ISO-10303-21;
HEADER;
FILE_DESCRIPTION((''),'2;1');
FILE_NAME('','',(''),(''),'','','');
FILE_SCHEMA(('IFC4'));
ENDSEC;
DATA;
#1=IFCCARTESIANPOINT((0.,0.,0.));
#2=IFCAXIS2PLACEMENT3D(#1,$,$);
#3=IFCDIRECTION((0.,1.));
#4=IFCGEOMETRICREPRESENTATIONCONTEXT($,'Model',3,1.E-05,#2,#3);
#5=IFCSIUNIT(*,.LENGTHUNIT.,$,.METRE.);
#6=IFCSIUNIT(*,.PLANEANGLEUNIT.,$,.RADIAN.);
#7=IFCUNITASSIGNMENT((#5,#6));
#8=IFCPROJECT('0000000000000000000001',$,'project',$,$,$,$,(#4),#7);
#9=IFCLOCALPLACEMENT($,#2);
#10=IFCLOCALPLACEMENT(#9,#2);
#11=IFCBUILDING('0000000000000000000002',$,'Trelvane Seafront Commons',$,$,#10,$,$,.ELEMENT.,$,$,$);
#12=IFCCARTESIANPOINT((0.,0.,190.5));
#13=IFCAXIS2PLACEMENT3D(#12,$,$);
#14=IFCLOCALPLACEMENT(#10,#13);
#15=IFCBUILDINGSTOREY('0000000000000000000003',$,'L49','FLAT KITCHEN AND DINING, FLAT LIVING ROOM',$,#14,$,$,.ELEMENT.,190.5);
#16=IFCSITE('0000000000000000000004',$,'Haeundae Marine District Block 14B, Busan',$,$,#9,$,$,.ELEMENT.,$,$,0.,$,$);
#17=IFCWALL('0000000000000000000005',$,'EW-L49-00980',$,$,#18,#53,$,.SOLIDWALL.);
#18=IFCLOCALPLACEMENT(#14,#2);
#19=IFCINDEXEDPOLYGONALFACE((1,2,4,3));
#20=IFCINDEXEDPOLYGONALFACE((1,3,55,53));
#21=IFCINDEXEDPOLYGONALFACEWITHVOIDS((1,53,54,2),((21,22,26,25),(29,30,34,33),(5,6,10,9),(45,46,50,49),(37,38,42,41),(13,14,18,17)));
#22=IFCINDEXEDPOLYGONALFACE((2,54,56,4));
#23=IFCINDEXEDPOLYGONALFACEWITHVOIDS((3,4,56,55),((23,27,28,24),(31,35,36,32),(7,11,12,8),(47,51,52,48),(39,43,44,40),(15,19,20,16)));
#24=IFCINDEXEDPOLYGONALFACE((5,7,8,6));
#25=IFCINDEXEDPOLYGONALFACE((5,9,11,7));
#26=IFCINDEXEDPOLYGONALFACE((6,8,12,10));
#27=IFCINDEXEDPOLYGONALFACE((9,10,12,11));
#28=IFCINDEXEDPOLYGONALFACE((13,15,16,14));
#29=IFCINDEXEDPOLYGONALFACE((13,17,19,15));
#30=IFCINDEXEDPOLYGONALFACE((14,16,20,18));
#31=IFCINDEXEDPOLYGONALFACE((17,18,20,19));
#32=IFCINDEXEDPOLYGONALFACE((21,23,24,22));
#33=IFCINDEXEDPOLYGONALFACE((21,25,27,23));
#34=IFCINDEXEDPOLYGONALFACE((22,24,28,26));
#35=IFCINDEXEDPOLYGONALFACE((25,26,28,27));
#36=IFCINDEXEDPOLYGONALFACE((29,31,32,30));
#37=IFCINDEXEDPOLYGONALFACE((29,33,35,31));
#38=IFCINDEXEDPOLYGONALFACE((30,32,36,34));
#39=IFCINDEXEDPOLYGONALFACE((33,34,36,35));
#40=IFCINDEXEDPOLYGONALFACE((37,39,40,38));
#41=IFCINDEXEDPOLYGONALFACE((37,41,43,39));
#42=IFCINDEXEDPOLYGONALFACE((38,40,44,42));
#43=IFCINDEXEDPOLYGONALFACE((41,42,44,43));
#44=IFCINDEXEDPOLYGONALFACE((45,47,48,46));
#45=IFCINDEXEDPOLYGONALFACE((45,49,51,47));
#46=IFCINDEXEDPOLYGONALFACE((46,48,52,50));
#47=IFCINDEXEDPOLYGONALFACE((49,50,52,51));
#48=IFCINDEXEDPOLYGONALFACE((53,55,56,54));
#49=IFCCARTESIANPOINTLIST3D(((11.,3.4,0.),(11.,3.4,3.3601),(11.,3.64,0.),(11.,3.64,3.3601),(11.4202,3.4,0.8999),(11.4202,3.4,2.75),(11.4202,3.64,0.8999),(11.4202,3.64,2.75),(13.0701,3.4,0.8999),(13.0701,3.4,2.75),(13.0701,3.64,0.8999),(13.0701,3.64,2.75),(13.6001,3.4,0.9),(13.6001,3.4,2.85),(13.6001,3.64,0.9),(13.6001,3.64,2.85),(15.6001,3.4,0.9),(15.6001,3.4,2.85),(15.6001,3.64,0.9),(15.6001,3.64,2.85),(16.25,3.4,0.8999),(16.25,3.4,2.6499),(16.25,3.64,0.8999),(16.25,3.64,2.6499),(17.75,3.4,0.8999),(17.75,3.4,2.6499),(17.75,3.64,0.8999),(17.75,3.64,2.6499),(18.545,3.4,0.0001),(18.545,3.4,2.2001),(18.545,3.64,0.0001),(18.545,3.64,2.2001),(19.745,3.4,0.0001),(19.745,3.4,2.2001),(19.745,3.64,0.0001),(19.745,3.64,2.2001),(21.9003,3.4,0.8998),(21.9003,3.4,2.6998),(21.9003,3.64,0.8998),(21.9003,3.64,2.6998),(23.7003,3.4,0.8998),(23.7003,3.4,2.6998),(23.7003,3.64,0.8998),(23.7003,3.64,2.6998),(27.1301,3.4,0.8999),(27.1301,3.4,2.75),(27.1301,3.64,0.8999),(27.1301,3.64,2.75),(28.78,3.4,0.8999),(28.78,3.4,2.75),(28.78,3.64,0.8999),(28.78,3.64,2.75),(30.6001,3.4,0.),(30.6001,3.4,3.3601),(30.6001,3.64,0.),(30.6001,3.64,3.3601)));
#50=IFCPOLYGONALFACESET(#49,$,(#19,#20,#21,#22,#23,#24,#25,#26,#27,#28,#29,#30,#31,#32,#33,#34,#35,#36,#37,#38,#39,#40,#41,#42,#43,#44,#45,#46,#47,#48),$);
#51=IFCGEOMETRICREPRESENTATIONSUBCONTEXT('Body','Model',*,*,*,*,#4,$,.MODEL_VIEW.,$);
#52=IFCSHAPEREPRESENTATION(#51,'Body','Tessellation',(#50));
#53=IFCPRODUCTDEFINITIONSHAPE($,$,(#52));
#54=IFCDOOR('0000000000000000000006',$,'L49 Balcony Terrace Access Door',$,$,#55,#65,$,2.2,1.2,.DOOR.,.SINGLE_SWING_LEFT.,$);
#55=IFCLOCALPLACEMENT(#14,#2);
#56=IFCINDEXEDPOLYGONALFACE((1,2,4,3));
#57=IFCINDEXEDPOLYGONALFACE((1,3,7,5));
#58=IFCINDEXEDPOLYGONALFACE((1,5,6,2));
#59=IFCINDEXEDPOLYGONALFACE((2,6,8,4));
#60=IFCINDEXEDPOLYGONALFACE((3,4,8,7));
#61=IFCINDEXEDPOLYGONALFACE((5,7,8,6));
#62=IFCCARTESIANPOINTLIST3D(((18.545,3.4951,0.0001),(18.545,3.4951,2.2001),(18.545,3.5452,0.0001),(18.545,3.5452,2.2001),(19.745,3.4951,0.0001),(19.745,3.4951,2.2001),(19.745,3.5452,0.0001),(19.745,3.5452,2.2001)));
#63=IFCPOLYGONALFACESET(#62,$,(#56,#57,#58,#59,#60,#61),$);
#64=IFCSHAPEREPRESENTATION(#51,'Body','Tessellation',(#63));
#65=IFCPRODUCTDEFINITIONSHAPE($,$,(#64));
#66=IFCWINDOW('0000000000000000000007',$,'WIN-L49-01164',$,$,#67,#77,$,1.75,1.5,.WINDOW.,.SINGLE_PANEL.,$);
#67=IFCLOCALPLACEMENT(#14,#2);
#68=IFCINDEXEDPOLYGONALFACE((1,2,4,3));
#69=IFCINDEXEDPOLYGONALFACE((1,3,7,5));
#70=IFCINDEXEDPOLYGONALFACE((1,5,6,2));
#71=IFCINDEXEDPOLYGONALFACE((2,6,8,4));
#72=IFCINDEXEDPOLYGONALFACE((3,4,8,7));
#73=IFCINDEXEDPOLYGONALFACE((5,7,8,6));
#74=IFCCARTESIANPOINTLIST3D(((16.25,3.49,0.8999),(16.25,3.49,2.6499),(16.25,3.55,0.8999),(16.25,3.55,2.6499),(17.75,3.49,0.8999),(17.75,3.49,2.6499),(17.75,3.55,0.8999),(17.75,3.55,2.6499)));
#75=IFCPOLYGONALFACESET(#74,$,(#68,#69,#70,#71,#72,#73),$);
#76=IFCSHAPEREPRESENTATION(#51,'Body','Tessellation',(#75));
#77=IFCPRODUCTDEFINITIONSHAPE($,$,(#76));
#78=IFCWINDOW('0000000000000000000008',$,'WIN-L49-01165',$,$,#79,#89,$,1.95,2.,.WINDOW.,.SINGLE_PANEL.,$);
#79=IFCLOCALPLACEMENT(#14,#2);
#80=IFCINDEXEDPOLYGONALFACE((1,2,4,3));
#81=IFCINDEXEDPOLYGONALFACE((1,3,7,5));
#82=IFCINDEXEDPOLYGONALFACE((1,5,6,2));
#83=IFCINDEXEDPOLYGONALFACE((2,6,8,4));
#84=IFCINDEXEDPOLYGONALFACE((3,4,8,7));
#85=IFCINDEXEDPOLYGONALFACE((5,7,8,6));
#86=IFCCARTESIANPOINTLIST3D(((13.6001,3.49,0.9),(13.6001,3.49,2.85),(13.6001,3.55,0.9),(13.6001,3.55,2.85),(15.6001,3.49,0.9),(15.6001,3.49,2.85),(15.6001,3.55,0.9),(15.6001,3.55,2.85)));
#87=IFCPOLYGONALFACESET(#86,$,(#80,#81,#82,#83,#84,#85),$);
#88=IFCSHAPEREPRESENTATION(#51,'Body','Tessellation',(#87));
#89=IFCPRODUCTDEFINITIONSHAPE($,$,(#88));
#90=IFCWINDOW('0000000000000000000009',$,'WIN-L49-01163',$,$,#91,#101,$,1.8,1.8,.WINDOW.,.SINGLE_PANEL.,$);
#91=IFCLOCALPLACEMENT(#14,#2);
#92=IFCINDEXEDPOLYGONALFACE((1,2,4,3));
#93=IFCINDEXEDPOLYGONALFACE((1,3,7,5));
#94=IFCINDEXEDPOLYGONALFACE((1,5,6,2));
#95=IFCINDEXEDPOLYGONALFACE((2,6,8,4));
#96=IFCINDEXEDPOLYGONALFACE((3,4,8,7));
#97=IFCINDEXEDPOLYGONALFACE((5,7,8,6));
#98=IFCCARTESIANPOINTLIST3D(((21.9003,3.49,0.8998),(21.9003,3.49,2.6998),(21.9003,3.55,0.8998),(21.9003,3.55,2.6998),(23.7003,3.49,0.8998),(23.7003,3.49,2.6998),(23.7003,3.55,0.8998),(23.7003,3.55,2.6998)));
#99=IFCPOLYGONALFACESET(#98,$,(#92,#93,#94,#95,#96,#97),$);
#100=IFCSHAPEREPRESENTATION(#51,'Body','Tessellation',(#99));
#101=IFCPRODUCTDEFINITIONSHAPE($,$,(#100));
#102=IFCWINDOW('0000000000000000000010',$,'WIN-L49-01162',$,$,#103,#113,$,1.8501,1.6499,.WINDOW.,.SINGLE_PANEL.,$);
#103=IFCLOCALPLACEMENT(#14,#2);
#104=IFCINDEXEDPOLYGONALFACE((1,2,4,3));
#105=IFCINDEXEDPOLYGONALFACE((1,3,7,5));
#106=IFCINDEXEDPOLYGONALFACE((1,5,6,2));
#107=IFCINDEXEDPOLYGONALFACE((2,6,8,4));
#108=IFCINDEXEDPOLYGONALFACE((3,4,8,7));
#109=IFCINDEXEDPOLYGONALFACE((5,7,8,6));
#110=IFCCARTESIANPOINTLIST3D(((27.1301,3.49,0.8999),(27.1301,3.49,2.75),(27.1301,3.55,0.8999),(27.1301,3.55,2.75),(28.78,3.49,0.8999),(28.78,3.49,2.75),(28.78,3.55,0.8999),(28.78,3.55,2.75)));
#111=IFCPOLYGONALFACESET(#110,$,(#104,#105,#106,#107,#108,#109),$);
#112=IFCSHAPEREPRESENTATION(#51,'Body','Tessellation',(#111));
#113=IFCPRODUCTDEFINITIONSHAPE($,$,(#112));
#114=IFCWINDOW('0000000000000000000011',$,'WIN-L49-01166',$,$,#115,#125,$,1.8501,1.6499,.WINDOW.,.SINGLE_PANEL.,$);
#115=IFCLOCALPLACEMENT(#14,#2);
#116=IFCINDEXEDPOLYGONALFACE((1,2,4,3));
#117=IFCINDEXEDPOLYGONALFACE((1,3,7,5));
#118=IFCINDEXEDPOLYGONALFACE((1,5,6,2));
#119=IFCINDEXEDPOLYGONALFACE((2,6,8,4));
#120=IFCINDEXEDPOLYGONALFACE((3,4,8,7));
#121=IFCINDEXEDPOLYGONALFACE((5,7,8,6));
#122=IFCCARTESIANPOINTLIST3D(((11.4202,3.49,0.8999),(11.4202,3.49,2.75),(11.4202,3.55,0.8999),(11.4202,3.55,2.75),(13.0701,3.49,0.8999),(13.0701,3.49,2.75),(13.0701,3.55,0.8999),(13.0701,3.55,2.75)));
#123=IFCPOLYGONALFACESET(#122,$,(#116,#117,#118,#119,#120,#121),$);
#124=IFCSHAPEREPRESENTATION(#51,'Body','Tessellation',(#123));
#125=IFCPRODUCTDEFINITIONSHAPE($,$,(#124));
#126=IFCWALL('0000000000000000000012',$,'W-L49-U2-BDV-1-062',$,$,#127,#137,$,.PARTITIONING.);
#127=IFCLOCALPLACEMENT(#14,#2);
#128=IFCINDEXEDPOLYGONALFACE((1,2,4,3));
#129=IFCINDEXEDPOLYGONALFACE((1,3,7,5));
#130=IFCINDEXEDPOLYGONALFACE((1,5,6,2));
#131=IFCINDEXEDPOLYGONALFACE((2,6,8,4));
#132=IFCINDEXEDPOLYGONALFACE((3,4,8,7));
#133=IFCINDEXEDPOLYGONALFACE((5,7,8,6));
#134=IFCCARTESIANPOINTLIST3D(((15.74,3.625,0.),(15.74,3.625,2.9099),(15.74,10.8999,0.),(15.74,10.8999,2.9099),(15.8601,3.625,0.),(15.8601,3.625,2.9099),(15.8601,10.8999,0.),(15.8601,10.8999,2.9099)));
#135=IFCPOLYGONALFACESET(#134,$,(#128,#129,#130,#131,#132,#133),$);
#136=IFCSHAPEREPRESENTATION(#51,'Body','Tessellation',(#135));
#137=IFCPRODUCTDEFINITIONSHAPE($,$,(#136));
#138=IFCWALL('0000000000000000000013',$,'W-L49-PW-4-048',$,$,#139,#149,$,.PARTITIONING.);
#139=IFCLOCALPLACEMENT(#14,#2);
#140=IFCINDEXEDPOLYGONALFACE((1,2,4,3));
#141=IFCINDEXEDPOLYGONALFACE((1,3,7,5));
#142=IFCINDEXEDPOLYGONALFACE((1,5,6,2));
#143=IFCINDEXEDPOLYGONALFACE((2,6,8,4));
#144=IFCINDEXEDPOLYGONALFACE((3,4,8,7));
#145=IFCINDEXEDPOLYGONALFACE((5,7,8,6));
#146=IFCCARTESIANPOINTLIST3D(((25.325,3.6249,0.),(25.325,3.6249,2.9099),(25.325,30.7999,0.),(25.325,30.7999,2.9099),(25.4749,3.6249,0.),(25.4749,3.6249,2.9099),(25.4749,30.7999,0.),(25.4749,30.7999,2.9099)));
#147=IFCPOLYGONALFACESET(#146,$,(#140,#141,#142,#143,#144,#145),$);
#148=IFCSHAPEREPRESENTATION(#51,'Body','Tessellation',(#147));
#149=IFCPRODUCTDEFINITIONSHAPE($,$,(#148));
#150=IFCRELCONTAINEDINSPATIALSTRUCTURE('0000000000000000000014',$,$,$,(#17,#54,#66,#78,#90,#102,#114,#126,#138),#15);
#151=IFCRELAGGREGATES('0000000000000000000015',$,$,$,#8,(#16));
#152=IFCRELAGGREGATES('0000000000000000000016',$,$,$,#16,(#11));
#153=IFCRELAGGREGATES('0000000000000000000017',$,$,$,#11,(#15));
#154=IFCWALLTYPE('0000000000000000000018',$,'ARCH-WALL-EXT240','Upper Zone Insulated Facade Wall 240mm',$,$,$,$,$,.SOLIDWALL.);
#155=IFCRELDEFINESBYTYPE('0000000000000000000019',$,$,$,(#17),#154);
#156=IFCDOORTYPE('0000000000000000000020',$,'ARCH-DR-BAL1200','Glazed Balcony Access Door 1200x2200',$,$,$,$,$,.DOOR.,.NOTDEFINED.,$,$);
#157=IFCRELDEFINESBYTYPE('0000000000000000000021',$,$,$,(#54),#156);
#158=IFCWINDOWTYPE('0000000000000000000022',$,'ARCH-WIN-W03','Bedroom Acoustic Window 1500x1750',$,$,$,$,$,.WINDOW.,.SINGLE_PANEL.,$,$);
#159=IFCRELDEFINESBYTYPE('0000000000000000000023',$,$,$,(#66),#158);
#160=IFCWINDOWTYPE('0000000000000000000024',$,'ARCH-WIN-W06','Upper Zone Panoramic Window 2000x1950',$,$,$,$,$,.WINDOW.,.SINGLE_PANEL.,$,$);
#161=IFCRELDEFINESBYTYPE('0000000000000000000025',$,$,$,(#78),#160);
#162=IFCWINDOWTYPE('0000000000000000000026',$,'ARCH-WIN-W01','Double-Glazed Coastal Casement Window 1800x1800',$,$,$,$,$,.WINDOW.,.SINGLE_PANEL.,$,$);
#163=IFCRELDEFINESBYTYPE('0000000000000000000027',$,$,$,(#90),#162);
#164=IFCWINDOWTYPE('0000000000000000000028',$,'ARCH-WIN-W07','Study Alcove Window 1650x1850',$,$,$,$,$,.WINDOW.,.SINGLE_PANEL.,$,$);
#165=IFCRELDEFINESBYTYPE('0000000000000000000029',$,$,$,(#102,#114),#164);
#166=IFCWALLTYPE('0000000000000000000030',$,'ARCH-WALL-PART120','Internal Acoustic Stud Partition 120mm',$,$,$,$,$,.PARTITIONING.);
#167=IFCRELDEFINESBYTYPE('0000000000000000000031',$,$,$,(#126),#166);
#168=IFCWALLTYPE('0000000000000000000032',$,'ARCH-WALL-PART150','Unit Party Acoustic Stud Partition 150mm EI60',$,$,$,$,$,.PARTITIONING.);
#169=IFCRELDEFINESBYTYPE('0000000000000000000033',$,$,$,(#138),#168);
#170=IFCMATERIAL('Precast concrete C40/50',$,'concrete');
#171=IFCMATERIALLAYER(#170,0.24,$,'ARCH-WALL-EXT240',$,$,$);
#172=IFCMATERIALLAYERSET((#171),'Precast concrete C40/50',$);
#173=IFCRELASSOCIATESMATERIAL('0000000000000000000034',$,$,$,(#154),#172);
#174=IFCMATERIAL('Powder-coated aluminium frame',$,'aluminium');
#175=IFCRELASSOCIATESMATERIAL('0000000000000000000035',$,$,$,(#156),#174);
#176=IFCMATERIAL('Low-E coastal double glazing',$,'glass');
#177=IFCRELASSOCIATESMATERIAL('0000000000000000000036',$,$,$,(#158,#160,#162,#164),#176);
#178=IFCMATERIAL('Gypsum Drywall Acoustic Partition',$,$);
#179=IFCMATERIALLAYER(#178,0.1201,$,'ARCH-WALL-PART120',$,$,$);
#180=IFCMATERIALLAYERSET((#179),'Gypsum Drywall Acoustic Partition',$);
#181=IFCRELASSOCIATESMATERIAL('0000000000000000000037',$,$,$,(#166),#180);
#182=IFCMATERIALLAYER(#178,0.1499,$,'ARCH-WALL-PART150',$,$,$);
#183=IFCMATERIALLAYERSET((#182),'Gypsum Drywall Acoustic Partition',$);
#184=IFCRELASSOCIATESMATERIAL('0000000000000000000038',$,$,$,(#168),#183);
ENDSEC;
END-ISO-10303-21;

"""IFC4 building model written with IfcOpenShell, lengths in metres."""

from ifc_helpers import new_model, si_unit, direction, frame, frame_2d, origin, place, context, subcontext, project, spatial, rectangle, extrude, source, transform, mapped, material, layer, layer_set, type_object, element, fill, save


model = new_model("IFC4")

# Units and contexts
model_context = context("Model", 3, precision=1e-05, world=origin(), true_north=direction((0.0, 1.0)))
body_context = subcontext(model_context, "Body", "Model", "MODEL_VIEW")
ifc_project = project(units=[si_unit("LENGTHUNIT", "METRE"), si_unit("PLANEANGLEUNIT", "RADIAN")], contexts=[model_context])

# Site, building, storey
site_placement = place(None, origin())
site = spatial("IfcSite", under=ifc_project, at=site_placement, Name="Haeundae Marine District Block 14B, Busan", CompositionType="ELEMENT", RefElevation=0.0)
building_placement = place(site_placement, origin())
building = spatial("IfcBuilding", under=site, at=building_placement, Name="Trelvane Seafront Commons", CompositionType="ELEMENT")
storey_placement = place(building_placement, frame((0.0, 0.0, 190.5)))
storey = spatial("IfcBuildingStorey", under=building, at=storey_placement, Name="L49", Description="FLAT KITCHEN AND DINING, FLAT LIVING ROOM", CompositionType="ELEMENT", Elevation=190.5)

# Wall, openings, door, windows
ifc_material_1 = material(Name="Precast concrete C40/50", Category="concrete")
ifc_layer_1 = layer(ifc_material_1, 0.24, Name="ARCH-WALL-EXT240")
ifc_layer_set_1 = layer_set([ifc_layer_1], Name="Precast concrete C40/50")
wall_type_1 = type_object("IfcWallType", Name="ARCH-WALL-EXT240", Description="Upper Zone Insulated Facade Wall 240mm", PredefinedType="SOLIDWALL", material=ifc_layer_set_1)
wall_1_placement = place(storey_placement, frame((30.6001, 3.52, 0.0), z_axis=(0.0, 0.0, 1.0), x_axis=(-1.0, 0.0, 0.0)))
wall_1 = element("IfcWall", 1, at=wall_1_placement, inside=storey, type_object=wall_type_1, Name="EW-L49-00980", PredefinedType="SOLIDWALL", context=body_context, shape_type="SweptSolid", body=[
    extrude(rectangle(XDim=19.6001, YDim=0.24, at=frame_2d((9.8, 0.0))), origin(), (0.0, 0.0, 1.0), 3.3601),
])
opening_1_placement = place(wall_1_placement, frame((1.8201, 0.0, 0.8999)))
opening_1 = element("IfcOpeningElement", 2, at=opening_1_placement, cuts=wall_1, PredefinedType="OPENING", context=body_context, shape_type="SweptSolid", body=[
    extrude(rectangle(XDim=1.6499, YDim=1.8501, at=frame_2d((0.825, 0.925))), frame((0.0, 0.1299, 0.0), z_axis=(0.0, -1.0, 0.0), x_axis=(1.0, 0.0, 0.0)), (0.0, 0.0, 1.0), 0.26),
])
opening_2_placement = place(wall_1_placement, frame((6.8999, 0.0, 0.8999)))
opening_2 = element("IfcOpeningElement", 3, at=opening_2_placement, cuts=wall_1, PredefinedType="OPENING", context=body_context, shape_type="SweptSolid", body=[
    extrude(rectangle(XDim=1.8, YDim=1.8, at=frame_2d((0.8999, 0.8999))), frame((0.0, 0.1299, 0.0), z_axis=(0.0, -1.0, 0.0), x_axis=(1.0, 0.0, 0.0)), (0.0, 0.0, 1.0), 0.26),
])
opening_3_placement = place(wall_1_placement, frame((10.855, 0.0, 0.0)))
opening_3 = element("IfcOpeningElement", 4, at=opening_3_placement, cuts=wall_1, PredefinedType="OPENING", context=body_context, shape_type="SweptSolid", body=[
    extrude(rectangle(XDim=1.2, YDim=2.2, at=frame_2d((0.6001, 1.1001))), frame((0.0, 0.1299, 0.0), z_axis=(0.0, -1.0, 0.0), x_axis=(1.0, 0.0, 0.0)), (0.0, 0.0, 1.0), 0.26),
])
opening_4_placement = place(wall_1_placement, frame((12.8501, 0.0, 0.8999)))
opening_4 = element("IfcOpeningElement", 5, at=opening_4_placement, cuts=wall_1, PredefinedType="OPENING", context=body_context, shape_type="SweptSolid", body=[
    extrude(rectangle(XDim=1.5, YDim=1.75, at=frame_2d((0.75, 0.875))), frame((0.0, 0.1299, 0.0), z_axis=(0.0, -1.0, 0.0), x_axis=(1.0, 0.0, 0.0)), (0.0, 0.0, 1.0), 0.26),
])
opening_5_placement = place(wall_1_placement, frame((15.0, 0.0, 0.8999)))
opening_5 = element("IfcOpeningElement", 6, at=opening_5_placement, cuts=wall_1, PredefinedType="OPENING", context=body_context, shape_type="SweptSolid", body=[
    extrude(rectangle(XDim=2.0, YDim=1.95, at=frame_2d((1.0, 0.9751))), frame((0.0, 0.1299, 0.0), z_axis=(0.0, -1.0, 0.0), x_axis=(1.0, 0.0, 0.0)), (0.0, 0.0, 1.0), 0.26),
])
opening_6_placement = place(wall_1_placement, frame((17.53, 0.0, 0.8999)))
opening_6 = element("IfcOpeningElement", 7, at=opening_6_placement, cuts=wall_1, PredefinedType="OPENING", context=body_context, shape_type="SweptSolid", body=[
    extrude(rectangle(XDim=1.6499, YDim=1.8501, at=frame_2d((0.825, 0.925))), frame((0.0, 0.1299, 0.0), z_axis=(0.0, -1.0, 0.0), x_axis=(1.0, 0.0, 0.0)), (0.0, 0.0, 1.0), 0.26),
])
ifc_material_2 = material(Name="Powder-coated aluminium frame", Category="aluminium")
door_type_1 = type_object("IfcDoorType", Name="ARCH-DR-BAL1200", Description="Glazed Balcony Access Door 1200x2200", OperationType="NOTDEFINED", PredefinedType="DOOR", material=ifc_material_2)
shared_shape_1 = source(origin(), body_context, "Body", "SweptSolid", [
    extrude(rectangle(XDim=1.2, YDim=2.2, at=frame_2d((0.6001, 1.1001))), frame((0.0, 0.0249, 0.0), z_axis=(0.0, -1.0, 0.0), x_axis=(1.0, 0.0, 0.0)), (0.0, 0.0, 1.0), 0.05),
])
door_1_placement = place(opening_3_placement, origin())
door_1 = element("IfcDoor", 8, at=door_1_placement, inside=storey, type_object=door_type_1, Name="L49 Balcony Terrace Access Door", OperationType="SINGLE_SWING_LEFT", OverallHeight=2.2, OverallWidth=1.2, PredefinedType="DOOR", context=body_context, shape_type="MappedRepresentation", body=[
    mapped(shared_shape_1, transform((0.0, 0.0, 0.0), x_axis=(1.0, 0.0, 0.0), y_axis=(0.0, 1.0, 0.0), z_axis=(0.0, 0.0, 1.0), scale=1.0)),
])
fill(opening_3, door_1)
ifc_material_3 = material(Name="Low-E coastal double glazing", Category="glass")
window_type_1 = type_object("IfcWindowType", Name="ARCH-WIN-W03", Description="Bedroom Acoustic Window 1500x1750", PartitioningType="SINGLE_PANEL", PredefinedType="WINDOW", material=ifc_material_3)
shared_shape_2 = source(origin(), body_context, "Body", "SweptSolid", [
    extrude(rectangle(XDim=1.5, YDim=1.75, at=frame_2d((0.75, 0.875))), frame((0.0, 0.03, 0.0), z_axis=(0.0, -1.0, 0.0), x_axis=(1.0, 0.0, 0.0)), (0.0, 0.0, 1.0), 0.0601),
])
window_1_placement = place(opening_4_placement, origin())
window_1 = element("IfcWindow", 9, at=window_1_placement, inside=storey, type_object=window_type_1, Name="WIN-L49-01164", OverallHeight=1.75, OverallWidth=1.5, PartitioningType="SINGLE_PANEL", PredefinedType="WINDOW", context=body_context, shape_type="MappedRepresentation", body=[
    mapped(shared_shape_2, transform((0.0, 0.0, 0.0), x_axis=(1.0, 0.0, 0.0), y_axis=(0.0, 1.0, 0.0), z_axis=(0.0, 0.0, 1.0), scale=1.0)),
])
fill(opening_4, window_1)
window_type_2 = type_object("IfcWindowType", Name="ARCH-WIN-W06", Description="Upper Zone Panoramic Window 2000x1950", PartitioningType="SINGLE_PANEL", PredefinedType="WINDOW", material=ifc_material_3)
shared_shape_3 = source(origin(), body_context, "Body", "SweptSolid", [
    extrude(rectangle(XDim=2.0, YDim=1.95, at=frame_2d((1.0, 0.9751))), frame((0.0, 0.03, 0.0), z_axis=(0.0, -1.0, 0.0), x_axis=(1.0, 0.0, 0.0)), (0.0, 0.0, 1.0), 0.0601),
])
window_2_placement = place(opening_5_placement, origin())
window_2 = element("IfcWindow", 10, at=window_2_placement, inside=storey, type_object=window_type_2, Name="WIN-L49-01165", OverallHeight=1.95, OverallWidth=2.0, PartitioningType="SINGLE_PANEL", PredefinedType="WINDOW", context=body_context, shape_type="MappedRepresentation", body=[
    mapped(shared_shape_3, transform((0.0, 0.0, 0.0), x_axis=(1.0, 0.0, 0.0), y_axis=(0.0, 1.0, 0.0), z_axis=(0.0, 0.0, 1.0), scale=1.0)),
])
fill(opening_5, window_2)
window_type_3 = type_object("IfcWindowType", Name="ARCH-WIN-W01", Description="Double-Glazed Coastal Casement Window 1800x1800", PartitioningType="SINGLE_PANEL", PredefinedType="WINDOW", material=ifc_material_3)
shared_shape_4 = source(origin(), body_context, "Body", "SweptSolid", [
    extrude(rectangle(XDim=1.8, YDim=1.8, at=frame_2d((0.8999, 0.8999))), frame((0.0, 0.03, 0.0), z_axis=(0.0, -1.0, 0.0), x_axis=(1.0, 0.0, 0.0)), (0.0, 0.0, 1.0), 0.0601),
])
window_3_placement = place(opening_2_placement, origin())
window_3 = element("IfcWindow", 11, at=window_3_placement, inside=storey, type_object=window_type_3, Name="WIN-L49-01163", OverallHeight=1.8, OverallWidth=1.8, PartitioningType="SINGLE_PANEL", PredefinedType="WINDOW", context=body_context, shape_type="MappedRepresentation", body=[
    mapped(shared_shape_4, transform((0.0, 0.0, 0.0), x_axis=(1.0, 0.0, 0.0), y_axis=(0.0, 1.0, 0.0), z_axis=(0.0, 0.0, 1.0), scale=1.0)),
])
fill(opening_2, window_3)
window_type_4 = type_object("IfcWindowType", Name="ARCH-WIN-W07", Description="Study Alcove Window 1650x1850", PartitioningType="SINGLE_PANEL", PredefinedType="WINDOW", material=ifc_material_3)
shared_shape_5 = source(origin(), body_context, "Body", "SweptSolid", [
    extrude(rectangle(XDim=1.6499, YDim=1.8501, at=frame_2d((0.825, 0.925))), frame((0.0, 0.03, 0.0), z_axis=(0.0, -1.0, 0.0), x_axis=(1.0, 0.0, 0.0)), (0.0, 0.0, 1.0), 0.0601),
])
window_4_placement = place(opening_1_placement, origin())
window_4 = element("IfcWindow", 12, at=window_4_placement, inside=storey, type_object=window_type_4, Name="WIN-L49-01162", OverallHeight=1.8501, OverallWidth=1.6499, PartitioningType="SINGLE_PANEL", PredefinedType="WINDOW", context=body_context, shape_type="MappedRepresentation", body=[
    mapped(shared_shape_5, transform((0.0, 0.0, 0.0), x_axis=(1.0, 0.0, 0.0), y_axis=(0.0, 1.0, 0.0), z_axis=(0.0, 0.0, 1.0), scale=1.0)),
])
fill(opening_1, window_4)
window_5_placement = place(opening_6_placement, origin())
window_5 = element("IfcWindow", 13, at=window_5_placement, inside=storey, type_object=window_type_4, Name="WIN-L49-01166", OverallHeight=1.8501, OverallWidth=1.6499, PartitioningType="SINGLE_PANEL", PredefinedType="WINDOW", context=body_context, shape_type="MappedRepresentation", body=[
    mapped(shared_shape_5, transform((0.0, 0.0, 0.0), x_axis=(1.0, 0.0, 0.0), y_axis=(0.0, 1.0, 0.0), z_axis=(0.0, 0.0, 1.0), scale=1.0)),
])
fill(opening_6, window_5)

# Shared definitions
ifc_material_4 = material(Name="Gypsum Drywall Acoustic Partition")
ifc_layer_2 = layer(ifc_material_4, 0.1201, Name="ARCH-WALL-PART120")
ifc_layer_set_2 = layer_set([ifc_layer_2], Name="Gypsum Drywall Acoustic Partition")
wall_type_2 = type_object("IfcWallType", Name="ARCH-WALL-PART120", Description="Internal Acoustic Stud Partition 120mm", PredefinedType="PARTITIONING", material=ifc_layer_set_2)

# Walls
wall_2_placement = place(storey_placement, frame((15.8, 3.625, 0.0), z_axis=(0.0, 0.0, 1.0), x_axis=(0.0, 1.0, 0.0)))
element("IfcWall", 14, at=wall_2_placement, inside=storey, type_object=wall_type_2, Name="W-L49-U2-BDV-1-062", PredefinedType="PARTITIONING", context=body_context, shape_type="SweptSolid", body=[
    extrude(rectangle(XDim=7.2749, YDim=0.1201, at=frame_2d((3.6375, 0.0))), origin(), (0.0, 0.0, 1.0), 2.9099),
])
ifc_layer_3 = layer(ifc_material_4, 0.1499, Name="ARCH-WALL-PART150")
ifc_layer_set_3 = layer_set([ifc_layer_3], Name="Gypsum Drywall Acoustic Partition")
wall_type_3 = type_object("IfcWallType", Name="ARCH-WALL-PART150", Description="Unit Party Acoustic Stud Partition 150mm EI60", PredefinedType="PARTITIONING", material=ifc_layer_set_3)
for number, where, z_axis, x_axis, name in (
    (15, (25.3999, 3.625, 0.0), (0.0, 0.0, 1.0), (0.0, 1.0, 0.0), "W-L49-PW-4-048"),
):
    element("IfcWall", number, at=place(storey_placement, frame(where, z_axis=z_axis, x_axis=x_axis)), inside=storey, type_object=wall_type_3, Name=name, PredefinedType="PARTITIONING", context=body_context, shape_type="SweptSolid", body=[
        extrude(rectangle(XDim=27.175, YDim=0.1499, at=frame_2d((13.5874, 0.0))), origin(), (0.0, 0.0, 1.0), 2.9099),
    ])

save(model, "model.ifc")
